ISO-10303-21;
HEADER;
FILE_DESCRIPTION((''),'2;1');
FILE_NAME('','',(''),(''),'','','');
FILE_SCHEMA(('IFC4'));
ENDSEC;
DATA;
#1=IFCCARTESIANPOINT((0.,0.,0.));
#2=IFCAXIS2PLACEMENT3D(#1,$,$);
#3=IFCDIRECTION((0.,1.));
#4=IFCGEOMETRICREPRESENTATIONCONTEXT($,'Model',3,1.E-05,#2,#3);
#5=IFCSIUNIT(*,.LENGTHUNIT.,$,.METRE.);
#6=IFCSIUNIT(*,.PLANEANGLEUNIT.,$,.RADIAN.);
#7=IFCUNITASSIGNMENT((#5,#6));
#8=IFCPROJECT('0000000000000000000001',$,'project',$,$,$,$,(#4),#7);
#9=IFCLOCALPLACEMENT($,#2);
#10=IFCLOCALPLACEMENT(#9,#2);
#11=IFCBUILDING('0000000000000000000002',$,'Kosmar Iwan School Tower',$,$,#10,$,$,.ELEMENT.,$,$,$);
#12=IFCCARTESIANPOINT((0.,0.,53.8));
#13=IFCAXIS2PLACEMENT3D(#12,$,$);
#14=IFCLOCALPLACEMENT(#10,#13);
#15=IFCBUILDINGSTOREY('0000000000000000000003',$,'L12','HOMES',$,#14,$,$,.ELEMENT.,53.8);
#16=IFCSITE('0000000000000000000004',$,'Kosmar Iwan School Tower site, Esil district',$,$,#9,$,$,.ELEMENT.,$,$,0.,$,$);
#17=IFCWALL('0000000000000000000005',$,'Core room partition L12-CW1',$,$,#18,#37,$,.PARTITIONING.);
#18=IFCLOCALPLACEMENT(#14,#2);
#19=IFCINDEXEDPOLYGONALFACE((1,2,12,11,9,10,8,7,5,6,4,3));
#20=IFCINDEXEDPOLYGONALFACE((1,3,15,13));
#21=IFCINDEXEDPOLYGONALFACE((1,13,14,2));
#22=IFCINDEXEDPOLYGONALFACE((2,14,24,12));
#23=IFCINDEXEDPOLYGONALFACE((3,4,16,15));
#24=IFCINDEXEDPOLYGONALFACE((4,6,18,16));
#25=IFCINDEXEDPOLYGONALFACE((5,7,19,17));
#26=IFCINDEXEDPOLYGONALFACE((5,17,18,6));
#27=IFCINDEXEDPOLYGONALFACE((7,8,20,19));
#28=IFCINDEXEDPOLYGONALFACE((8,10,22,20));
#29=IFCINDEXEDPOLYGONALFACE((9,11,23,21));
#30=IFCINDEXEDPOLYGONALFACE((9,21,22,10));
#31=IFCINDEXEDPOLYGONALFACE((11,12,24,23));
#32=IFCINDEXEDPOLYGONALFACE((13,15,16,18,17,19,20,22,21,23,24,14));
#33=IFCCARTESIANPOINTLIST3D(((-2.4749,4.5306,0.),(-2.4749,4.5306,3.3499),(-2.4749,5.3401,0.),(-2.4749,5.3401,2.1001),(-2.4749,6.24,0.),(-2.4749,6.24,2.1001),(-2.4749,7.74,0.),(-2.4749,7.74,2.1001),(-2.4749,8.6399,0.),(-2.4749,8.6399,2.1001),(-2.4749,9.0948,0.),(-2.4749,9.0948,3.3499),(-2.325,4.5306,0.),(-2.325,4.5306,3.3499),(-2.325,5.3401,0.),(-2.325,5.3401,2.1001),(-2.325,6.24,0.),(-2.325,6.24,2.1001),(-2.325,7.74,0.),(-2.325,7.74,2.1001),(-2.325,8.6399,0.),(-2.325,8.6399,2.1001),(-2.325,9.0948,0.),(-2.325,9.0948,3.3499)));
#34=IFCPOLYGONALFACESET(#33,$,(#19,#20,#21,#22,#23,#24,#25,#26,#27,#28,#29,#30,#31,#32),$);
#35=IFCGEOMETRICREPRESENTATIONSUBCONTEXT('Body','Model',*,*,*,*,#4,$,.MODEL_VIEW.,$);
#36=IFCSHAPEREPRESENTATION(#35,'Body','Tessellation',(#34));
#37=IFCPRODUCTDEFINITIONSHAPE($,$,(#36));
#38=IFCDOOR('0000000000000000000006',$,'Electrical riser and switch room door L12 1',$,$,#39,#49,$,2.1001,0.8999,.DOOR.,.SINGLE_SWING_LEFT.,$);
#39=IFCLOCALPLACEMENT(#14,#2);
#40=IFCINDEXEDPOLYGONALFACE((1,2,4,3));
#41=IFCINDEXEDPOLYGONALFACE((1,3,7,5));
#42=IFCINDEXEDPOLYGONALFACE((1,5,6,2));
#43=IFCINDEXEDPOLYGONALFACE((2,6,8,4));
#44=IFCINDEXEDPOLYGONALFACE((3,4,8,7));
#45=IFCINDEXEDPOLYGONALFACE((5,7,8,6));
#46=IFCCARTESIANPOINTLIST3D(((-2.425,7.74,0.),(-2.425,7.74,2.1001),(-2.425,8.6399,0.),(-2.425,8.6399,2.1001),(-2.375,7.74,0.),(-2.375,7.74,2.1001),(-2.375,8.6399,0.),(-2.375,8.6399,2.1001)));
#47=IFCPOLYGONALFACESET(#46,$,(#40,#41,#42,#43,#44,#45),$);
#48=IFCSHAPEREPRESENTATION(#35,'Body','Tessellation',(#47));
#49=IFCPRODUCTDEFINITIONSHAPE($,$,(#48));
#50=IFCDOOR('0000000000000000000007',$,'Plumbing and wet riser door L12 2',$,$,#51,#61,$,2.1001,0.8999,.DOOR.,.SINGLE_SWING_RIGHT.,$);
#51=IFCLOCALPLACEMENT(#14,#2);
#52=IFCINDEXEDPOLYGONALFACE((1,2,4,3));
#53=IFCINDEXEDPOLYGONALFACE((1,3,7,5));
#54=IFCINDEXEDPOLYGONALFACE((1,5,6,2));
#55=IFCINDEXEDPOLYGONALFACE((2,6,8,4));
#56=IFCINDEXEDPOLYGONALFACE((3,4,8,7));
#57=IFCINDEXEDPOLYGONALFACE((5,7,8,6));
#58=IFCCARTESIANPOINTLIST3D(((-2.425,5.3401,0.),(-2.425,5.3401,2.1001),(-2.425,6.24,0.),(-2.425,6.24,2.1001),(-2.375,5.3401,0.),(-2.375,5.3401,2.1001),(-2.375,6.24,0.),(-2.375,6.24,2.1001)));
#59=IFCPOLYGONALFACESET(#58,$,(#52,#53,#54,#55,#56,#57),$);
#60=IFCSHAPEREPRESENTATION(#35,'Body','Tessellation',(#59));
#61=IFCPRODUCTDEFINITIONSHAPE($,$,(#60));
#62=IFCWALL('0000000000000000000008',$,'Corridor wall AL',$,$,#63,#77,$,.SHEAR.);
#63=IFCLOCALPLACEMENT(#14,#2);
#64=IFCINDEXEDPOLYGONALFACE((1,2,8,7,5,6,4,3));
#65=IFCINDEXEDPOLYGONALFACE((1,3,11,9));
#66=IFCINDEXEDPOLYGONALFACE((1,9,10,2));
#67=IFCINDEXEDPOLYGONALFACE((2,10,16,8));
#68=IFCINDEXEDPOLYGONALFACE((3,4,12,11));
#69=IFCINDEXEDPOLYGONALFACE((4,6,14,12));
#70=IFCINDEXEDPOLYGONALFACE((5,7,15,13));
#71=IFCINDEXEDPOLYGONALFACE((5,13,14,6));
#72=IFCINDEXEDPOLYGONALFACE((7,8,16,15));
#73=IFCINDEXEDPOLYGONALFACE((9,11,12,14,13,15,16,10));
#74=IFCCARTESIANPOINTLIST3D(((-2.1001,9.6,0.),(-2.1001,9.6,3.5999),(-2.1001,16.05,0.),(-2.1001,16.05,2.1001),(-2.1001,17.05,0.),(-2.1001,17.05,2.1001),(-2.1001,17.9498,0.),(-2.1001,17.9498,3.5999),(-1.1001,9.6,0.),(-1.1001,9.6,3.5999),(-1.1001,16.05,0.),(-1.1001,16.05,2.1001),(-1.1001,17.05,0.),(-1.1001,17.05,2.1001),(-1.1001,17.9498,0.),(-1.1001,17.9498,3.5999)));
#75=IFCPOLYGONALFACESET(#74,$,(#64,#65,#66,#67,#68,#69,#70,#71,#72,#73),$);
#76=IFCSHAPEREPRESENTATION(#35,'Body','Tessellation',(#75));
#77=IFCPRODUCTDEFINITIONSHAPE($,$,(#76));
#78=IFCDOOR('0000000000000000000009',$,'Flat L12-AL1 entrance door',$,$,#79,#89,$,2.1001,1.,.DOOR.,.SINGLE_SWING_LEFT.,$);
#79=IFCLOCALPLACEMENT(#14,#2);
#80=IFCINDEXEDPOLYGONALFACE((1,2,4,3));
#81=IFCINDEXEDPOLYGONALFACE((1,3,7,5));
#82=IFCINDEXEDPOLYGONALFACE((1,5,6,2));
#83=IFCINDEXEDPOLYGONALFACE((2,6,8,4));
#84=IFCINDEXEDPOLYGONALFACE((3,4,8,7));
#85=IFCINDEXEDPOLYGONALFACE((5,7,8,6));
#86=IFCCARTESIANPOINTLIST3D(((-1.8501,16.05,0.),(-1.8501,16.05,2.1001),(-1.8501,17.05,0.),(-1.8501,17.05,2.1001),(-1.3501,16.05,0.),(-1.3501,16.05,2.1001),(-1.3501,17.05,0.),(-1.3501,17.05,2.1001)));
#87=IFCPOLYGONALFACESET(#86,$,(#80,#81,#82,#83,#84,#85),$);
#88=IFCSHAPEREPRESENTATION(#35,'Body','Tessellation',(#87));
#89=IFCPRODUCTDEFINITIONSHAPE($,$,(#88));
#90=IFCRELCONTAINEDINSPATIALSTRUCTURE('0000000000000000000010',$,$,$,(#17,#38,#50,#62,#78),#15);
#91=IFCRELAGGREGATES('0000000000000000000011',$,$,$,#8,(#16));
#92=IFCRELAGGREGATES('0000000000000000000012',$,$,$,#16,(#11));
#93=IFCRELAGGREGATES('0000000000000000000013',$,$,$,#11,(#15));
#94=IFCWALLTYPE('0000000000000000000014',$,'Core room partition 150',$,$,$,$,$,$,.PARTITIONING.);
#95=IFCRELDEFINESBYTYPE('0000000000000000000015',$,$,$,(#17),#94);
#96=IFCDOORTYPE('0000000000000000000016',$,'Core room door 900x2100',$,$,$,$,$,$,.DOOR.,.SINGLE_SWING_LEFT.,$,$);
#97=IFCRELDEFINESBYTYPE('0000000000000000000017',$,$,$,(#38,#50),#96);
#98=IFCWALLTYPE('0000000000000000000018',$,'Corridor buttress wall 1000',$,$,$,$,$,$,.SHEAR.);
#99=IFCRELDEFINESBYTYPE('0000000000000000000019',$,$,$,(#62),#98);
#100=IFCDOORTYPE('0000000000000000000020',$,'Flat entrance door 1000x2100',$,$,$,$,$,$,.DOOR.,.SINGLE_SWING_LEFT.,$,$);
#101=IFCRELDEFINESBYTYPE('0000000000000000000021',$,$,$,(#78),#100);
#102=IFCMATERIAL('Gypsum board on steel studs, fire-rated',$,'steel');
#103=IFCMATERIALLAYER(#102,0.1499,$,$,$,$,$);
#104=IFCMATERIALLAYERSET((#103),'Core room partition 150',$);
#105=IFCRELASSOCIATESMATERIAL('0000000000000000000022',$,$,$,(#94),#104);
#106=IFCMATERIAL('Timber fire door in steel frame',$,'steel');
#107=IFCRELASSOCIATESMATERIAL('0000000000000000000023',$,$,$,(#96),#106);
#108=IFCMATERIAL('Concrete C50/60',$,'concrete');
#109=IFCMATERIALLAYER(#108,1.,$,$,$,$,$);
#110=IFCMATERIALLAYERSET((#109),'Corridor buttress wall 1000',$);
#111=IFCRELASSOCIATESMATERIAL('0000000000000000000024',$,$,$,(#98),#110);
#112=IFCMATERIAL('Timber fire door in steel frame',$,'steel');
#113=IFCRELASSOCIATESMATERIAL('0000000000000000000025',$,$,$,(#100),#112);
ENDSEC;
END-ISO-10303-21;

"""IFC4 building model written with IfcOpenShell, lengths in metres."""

from ifc_helpers import new_model, si_unit, direction, frame, frame_2d, origin, place, context, subcontext, project, spatial, rectangle, extrude, material, layer, layer_set, type_object, element, fill, save


model = new_model("IFC4")

# Units and contexts
model_context = context("Model", 3, precision=1e-05, world=origin(), true_north=direction((0.0, 1.0)))
body_context = subcontext(model_context, "Body", "Model", "MODEL_VIEW")
ifc_project = project(units=[si_unit("LENGTHUNIT", "METRE"), si_unit("PLANEANGLEUNIT", "RADIAN")], contexts=[model_context])

# Site, building, storey
site_placement = place(None, origin())
site = spatial("IfcSite", under=ifc_project, at=site_placement, Name="Kosmar Iwan School Tower site, Esil district", CompositionType="ELEMENT", RefElevation=0.0)
building_placement = place(site_placement, origin())
building = spatial("IfcBuilding", under=site, at=building_placement, Name="Kosmar Iwan School Tower", CompositionType="ELEMENT")
storey_placement = place(building_placement, frame((0.0, 0.0, 53.8)))
storey = spatial("IfcBuildingStorey", under=building, at=storey_placement, Name="L12", Description="HOMES", CompositionType="ELEMENT", Elevation=53.8)

# Wall, openings, doors
ifc_material_1 = material(Name="Gypsum board on steel studs, fire-rated", Category="steel")
ifc_layer_1 = layer(ifc_material_1, 0.1499)
ifc_layer_set_1 = layer_set([ifc_layer_1], Name="Core room partition 150")
wall_type_1 = type_object("IfcWallType", Name="Core room partition 150", PredefinedType="PARTITIONING", material=ifc_layer_set_1)
wall_1_placement = place(storey_placement, frame((-2.3999, 9.095, 0.0), z_axis=(0.0, 0.0, 1.0), x_axis=(0.0, -1.0, 0.0)))
wall_1 = element("IfcWall", 1, at=wall_1_placement, inside=storey, type_object=wall_type_1, Name="Core room partition L12-CW1", PredefinedType="PARTITIONING", context=body_context, shape_type="SweptSolid", body=[
    extrude(rectangle(XDim=4.5642, YDim=0.1499, at=frame_2d((2.2822, 0.0))), origin(), (0.0, 0.0, 1.0), 3.3499),
])
opening_1_placement = place(wall_1_placement, frame((0.4551, 0.0, 0.0)))
opening_1 = element("IfcOpeningElement", 2, at=opening_1_placement, cuts=wall_1, PredefinedType="OPENING", context=body_context, shape_type="SweptSolid", body=[
    extrude(rectangle(XDim=0.8999, YDim=2.1001, at=frame_2d((0.45, 1.05))), frame((0.0, 0.0869, 0.0), z_axis=(0.0, -1.0, 0.0), x_axis=(1.0, 0.0, 0.0)), (0.0, 0.0, 1.0), 0.1738),
])
opening_2_placement = place(wall_1_placement, frame((2.855, 0.0, 0.0)))
opening_2 = element("IfcOpeningElement", 3, at=opening_2_placement, cuts=wall_1, PredefinedType="OPENING", context=body_context, shape_type="SweptSolid", body=[
    extrude(rectangle(XDim=0.8999, YDim=2.1001, at=frame_2d((0.45, 1.05))), frame((0.0, 0.0869, 0.0), z_axis=(0.0, -1.0, 0.0), x_axis=(1.0, 0.0, 0.0)), (0.0, 0.0, 1.0), 0.1738),
])
ifc_material_2 = material(Name="Timber fire door in steel frame", Category="steel")
door_type_1 = type_object("IfcDoorType", Name="Core room door 900x2100", OperationType="SINGLE_SWING_LEFT", PredefinedType="DOOR", material=ifc_material_2)
door_1_placement = place(opening_1_placement, origin())
door_1 = element("IfcDoor", 4, at=door_1_placement, inside=storey, type_object=door_type_1, Name="Electrical riser and switch room door L12 1", OperationType="SINGLE_SWING_LEFT", OverallHeight=2.1001, OverallWidth=0.8999, PredefinedType="DOOR", context=body_context, shape_type="SweptSolid", body=[
    extrude(rectangle(XDim=0.8999, YDim=2.1001, at=frame_2d((0.45, 1.05))), frame((0.0, 0.0249, 0.0), z_axis=(0.0, -1.0, 0.0), x_axis=(1.0, 0.0, 0.0)), (0.0, 0.0, 1.0), 0.05),
])
fill(opening_1, door_1)
door_2_placement = place(opening_2_placement, origin())
door_2 = element("IfcDoor", 5, at=door_2_placement, inside=storey, type_object=door_type_1, Name="Plumbing and wet riser door L12 2", OperationType="SINGLE_SWING_RIGHT", OverallHeight=2.1001, OverallWidth=0.8999, PredefinedType="DOOR", context=body_context, shape_type="SweptSolid", body=[
    extrude(rectangle(XDim=0.8999, YDim=2.1001, at=frame_2d((0.45, 1.05))), frame((0.0, 0.0249, 0.0), z_axis=(0.0, -1.0, 0.0), x_axis=(1.0, 0.0, 0.0)), (0.0, 0.0, 1.0), 0.05),
])
fill(opening_2, door_2)

# Wall, opening, door
ifc_material_3 = material(Name="Concrete C50/60", Category="concrete")
ifc_layer_2 = layer(ifc_material_3, 1.0)
ifc_layer_set_2 = layer_set([ifc_layer_2], Name="Corridor buttress wall 1000")
wall_type_2 = type_object("IfcWallType", Name="Corridor buttress wall 1000", PredefinedType="SHEAR", material=ifc_layer_set_2)
wall_2_placement = place(storey_placement, frame((-1.6001, 9.6001, 0.0), z_axis=(0.0, 0.0, 1.0), x_axis=(0.0, 1.0, 0.0)))
wall_2 = element("IfcWall", 6, at=wall_2_placement, inside=storey, type_object=wall_type_2, Name="Corridor wall AL", PredefinedType="SHEAR", context=body_context, shape_type="SweptSolid", body=[
    extrude(rectangle(XDim=8.3499, YDim=1.0, at=frame_2d((4.1748, 0.0))), origin(), (0.0, 0.0, 1.0), 3.5999),
])
opening_3_placement = place(wall_2_placement, frame((6.45, 0.0, 0.0)))
opening_3 = element("IfcOpeningElement", 7, at=opening_3_placement, cuts=wall_2, PredefinedType="OPENING", context=body_context, shape_type="SweptSolid", body=[
    extrude(rectangle(XDim=1.0, YDim=2.1001, at=frame_2d((0.5, 1.05))), frame((0.0, 0.512, 0.0), z_axis=(0.0, -1.0, 0.0), x_axis=(1.0, 0.0, 0.0)), (0.0, 0.0, 1.0), 1.0239),
])
ifc_material_4 = material(Name="Timber fire door in steel frame", Category="steel")
door_type_2 = type_object("IfcDoorType", Name="Flat entrance door 1000x2100", OperationType="SINGLE_SWING_LEFT", PredefinedType="DOOR", material=ifc_material_4)
door_3_placement = place(opening_3_placement, origin())
door_3 = element("IfcDoor", 8, at=door_3_placement, inside=storey, type_object=door_type_2, Name="Flat L12-AL1 entrance door", OperationType="SINGLE_SWING_LEFT", OverallHeight=2.1001, OverallWidth=1.0, PredefinedType="DOOR", context=body_context, shape_type="SweptSolid", body=[
    extrude(rectangle(XDim=1.0, YDim=2.1001, at=frame_2d((0.5, 1.05))), frame((0.0, 0.25, 0.0), z_axis=(0.0, -1.0, 0.0), x_axis=(1.0, 0.0, 0.0)), (0.0, 0.0, 1.0), 0.5),
])
fill(opening_3, door_3)

save(model, "model.ifc")
